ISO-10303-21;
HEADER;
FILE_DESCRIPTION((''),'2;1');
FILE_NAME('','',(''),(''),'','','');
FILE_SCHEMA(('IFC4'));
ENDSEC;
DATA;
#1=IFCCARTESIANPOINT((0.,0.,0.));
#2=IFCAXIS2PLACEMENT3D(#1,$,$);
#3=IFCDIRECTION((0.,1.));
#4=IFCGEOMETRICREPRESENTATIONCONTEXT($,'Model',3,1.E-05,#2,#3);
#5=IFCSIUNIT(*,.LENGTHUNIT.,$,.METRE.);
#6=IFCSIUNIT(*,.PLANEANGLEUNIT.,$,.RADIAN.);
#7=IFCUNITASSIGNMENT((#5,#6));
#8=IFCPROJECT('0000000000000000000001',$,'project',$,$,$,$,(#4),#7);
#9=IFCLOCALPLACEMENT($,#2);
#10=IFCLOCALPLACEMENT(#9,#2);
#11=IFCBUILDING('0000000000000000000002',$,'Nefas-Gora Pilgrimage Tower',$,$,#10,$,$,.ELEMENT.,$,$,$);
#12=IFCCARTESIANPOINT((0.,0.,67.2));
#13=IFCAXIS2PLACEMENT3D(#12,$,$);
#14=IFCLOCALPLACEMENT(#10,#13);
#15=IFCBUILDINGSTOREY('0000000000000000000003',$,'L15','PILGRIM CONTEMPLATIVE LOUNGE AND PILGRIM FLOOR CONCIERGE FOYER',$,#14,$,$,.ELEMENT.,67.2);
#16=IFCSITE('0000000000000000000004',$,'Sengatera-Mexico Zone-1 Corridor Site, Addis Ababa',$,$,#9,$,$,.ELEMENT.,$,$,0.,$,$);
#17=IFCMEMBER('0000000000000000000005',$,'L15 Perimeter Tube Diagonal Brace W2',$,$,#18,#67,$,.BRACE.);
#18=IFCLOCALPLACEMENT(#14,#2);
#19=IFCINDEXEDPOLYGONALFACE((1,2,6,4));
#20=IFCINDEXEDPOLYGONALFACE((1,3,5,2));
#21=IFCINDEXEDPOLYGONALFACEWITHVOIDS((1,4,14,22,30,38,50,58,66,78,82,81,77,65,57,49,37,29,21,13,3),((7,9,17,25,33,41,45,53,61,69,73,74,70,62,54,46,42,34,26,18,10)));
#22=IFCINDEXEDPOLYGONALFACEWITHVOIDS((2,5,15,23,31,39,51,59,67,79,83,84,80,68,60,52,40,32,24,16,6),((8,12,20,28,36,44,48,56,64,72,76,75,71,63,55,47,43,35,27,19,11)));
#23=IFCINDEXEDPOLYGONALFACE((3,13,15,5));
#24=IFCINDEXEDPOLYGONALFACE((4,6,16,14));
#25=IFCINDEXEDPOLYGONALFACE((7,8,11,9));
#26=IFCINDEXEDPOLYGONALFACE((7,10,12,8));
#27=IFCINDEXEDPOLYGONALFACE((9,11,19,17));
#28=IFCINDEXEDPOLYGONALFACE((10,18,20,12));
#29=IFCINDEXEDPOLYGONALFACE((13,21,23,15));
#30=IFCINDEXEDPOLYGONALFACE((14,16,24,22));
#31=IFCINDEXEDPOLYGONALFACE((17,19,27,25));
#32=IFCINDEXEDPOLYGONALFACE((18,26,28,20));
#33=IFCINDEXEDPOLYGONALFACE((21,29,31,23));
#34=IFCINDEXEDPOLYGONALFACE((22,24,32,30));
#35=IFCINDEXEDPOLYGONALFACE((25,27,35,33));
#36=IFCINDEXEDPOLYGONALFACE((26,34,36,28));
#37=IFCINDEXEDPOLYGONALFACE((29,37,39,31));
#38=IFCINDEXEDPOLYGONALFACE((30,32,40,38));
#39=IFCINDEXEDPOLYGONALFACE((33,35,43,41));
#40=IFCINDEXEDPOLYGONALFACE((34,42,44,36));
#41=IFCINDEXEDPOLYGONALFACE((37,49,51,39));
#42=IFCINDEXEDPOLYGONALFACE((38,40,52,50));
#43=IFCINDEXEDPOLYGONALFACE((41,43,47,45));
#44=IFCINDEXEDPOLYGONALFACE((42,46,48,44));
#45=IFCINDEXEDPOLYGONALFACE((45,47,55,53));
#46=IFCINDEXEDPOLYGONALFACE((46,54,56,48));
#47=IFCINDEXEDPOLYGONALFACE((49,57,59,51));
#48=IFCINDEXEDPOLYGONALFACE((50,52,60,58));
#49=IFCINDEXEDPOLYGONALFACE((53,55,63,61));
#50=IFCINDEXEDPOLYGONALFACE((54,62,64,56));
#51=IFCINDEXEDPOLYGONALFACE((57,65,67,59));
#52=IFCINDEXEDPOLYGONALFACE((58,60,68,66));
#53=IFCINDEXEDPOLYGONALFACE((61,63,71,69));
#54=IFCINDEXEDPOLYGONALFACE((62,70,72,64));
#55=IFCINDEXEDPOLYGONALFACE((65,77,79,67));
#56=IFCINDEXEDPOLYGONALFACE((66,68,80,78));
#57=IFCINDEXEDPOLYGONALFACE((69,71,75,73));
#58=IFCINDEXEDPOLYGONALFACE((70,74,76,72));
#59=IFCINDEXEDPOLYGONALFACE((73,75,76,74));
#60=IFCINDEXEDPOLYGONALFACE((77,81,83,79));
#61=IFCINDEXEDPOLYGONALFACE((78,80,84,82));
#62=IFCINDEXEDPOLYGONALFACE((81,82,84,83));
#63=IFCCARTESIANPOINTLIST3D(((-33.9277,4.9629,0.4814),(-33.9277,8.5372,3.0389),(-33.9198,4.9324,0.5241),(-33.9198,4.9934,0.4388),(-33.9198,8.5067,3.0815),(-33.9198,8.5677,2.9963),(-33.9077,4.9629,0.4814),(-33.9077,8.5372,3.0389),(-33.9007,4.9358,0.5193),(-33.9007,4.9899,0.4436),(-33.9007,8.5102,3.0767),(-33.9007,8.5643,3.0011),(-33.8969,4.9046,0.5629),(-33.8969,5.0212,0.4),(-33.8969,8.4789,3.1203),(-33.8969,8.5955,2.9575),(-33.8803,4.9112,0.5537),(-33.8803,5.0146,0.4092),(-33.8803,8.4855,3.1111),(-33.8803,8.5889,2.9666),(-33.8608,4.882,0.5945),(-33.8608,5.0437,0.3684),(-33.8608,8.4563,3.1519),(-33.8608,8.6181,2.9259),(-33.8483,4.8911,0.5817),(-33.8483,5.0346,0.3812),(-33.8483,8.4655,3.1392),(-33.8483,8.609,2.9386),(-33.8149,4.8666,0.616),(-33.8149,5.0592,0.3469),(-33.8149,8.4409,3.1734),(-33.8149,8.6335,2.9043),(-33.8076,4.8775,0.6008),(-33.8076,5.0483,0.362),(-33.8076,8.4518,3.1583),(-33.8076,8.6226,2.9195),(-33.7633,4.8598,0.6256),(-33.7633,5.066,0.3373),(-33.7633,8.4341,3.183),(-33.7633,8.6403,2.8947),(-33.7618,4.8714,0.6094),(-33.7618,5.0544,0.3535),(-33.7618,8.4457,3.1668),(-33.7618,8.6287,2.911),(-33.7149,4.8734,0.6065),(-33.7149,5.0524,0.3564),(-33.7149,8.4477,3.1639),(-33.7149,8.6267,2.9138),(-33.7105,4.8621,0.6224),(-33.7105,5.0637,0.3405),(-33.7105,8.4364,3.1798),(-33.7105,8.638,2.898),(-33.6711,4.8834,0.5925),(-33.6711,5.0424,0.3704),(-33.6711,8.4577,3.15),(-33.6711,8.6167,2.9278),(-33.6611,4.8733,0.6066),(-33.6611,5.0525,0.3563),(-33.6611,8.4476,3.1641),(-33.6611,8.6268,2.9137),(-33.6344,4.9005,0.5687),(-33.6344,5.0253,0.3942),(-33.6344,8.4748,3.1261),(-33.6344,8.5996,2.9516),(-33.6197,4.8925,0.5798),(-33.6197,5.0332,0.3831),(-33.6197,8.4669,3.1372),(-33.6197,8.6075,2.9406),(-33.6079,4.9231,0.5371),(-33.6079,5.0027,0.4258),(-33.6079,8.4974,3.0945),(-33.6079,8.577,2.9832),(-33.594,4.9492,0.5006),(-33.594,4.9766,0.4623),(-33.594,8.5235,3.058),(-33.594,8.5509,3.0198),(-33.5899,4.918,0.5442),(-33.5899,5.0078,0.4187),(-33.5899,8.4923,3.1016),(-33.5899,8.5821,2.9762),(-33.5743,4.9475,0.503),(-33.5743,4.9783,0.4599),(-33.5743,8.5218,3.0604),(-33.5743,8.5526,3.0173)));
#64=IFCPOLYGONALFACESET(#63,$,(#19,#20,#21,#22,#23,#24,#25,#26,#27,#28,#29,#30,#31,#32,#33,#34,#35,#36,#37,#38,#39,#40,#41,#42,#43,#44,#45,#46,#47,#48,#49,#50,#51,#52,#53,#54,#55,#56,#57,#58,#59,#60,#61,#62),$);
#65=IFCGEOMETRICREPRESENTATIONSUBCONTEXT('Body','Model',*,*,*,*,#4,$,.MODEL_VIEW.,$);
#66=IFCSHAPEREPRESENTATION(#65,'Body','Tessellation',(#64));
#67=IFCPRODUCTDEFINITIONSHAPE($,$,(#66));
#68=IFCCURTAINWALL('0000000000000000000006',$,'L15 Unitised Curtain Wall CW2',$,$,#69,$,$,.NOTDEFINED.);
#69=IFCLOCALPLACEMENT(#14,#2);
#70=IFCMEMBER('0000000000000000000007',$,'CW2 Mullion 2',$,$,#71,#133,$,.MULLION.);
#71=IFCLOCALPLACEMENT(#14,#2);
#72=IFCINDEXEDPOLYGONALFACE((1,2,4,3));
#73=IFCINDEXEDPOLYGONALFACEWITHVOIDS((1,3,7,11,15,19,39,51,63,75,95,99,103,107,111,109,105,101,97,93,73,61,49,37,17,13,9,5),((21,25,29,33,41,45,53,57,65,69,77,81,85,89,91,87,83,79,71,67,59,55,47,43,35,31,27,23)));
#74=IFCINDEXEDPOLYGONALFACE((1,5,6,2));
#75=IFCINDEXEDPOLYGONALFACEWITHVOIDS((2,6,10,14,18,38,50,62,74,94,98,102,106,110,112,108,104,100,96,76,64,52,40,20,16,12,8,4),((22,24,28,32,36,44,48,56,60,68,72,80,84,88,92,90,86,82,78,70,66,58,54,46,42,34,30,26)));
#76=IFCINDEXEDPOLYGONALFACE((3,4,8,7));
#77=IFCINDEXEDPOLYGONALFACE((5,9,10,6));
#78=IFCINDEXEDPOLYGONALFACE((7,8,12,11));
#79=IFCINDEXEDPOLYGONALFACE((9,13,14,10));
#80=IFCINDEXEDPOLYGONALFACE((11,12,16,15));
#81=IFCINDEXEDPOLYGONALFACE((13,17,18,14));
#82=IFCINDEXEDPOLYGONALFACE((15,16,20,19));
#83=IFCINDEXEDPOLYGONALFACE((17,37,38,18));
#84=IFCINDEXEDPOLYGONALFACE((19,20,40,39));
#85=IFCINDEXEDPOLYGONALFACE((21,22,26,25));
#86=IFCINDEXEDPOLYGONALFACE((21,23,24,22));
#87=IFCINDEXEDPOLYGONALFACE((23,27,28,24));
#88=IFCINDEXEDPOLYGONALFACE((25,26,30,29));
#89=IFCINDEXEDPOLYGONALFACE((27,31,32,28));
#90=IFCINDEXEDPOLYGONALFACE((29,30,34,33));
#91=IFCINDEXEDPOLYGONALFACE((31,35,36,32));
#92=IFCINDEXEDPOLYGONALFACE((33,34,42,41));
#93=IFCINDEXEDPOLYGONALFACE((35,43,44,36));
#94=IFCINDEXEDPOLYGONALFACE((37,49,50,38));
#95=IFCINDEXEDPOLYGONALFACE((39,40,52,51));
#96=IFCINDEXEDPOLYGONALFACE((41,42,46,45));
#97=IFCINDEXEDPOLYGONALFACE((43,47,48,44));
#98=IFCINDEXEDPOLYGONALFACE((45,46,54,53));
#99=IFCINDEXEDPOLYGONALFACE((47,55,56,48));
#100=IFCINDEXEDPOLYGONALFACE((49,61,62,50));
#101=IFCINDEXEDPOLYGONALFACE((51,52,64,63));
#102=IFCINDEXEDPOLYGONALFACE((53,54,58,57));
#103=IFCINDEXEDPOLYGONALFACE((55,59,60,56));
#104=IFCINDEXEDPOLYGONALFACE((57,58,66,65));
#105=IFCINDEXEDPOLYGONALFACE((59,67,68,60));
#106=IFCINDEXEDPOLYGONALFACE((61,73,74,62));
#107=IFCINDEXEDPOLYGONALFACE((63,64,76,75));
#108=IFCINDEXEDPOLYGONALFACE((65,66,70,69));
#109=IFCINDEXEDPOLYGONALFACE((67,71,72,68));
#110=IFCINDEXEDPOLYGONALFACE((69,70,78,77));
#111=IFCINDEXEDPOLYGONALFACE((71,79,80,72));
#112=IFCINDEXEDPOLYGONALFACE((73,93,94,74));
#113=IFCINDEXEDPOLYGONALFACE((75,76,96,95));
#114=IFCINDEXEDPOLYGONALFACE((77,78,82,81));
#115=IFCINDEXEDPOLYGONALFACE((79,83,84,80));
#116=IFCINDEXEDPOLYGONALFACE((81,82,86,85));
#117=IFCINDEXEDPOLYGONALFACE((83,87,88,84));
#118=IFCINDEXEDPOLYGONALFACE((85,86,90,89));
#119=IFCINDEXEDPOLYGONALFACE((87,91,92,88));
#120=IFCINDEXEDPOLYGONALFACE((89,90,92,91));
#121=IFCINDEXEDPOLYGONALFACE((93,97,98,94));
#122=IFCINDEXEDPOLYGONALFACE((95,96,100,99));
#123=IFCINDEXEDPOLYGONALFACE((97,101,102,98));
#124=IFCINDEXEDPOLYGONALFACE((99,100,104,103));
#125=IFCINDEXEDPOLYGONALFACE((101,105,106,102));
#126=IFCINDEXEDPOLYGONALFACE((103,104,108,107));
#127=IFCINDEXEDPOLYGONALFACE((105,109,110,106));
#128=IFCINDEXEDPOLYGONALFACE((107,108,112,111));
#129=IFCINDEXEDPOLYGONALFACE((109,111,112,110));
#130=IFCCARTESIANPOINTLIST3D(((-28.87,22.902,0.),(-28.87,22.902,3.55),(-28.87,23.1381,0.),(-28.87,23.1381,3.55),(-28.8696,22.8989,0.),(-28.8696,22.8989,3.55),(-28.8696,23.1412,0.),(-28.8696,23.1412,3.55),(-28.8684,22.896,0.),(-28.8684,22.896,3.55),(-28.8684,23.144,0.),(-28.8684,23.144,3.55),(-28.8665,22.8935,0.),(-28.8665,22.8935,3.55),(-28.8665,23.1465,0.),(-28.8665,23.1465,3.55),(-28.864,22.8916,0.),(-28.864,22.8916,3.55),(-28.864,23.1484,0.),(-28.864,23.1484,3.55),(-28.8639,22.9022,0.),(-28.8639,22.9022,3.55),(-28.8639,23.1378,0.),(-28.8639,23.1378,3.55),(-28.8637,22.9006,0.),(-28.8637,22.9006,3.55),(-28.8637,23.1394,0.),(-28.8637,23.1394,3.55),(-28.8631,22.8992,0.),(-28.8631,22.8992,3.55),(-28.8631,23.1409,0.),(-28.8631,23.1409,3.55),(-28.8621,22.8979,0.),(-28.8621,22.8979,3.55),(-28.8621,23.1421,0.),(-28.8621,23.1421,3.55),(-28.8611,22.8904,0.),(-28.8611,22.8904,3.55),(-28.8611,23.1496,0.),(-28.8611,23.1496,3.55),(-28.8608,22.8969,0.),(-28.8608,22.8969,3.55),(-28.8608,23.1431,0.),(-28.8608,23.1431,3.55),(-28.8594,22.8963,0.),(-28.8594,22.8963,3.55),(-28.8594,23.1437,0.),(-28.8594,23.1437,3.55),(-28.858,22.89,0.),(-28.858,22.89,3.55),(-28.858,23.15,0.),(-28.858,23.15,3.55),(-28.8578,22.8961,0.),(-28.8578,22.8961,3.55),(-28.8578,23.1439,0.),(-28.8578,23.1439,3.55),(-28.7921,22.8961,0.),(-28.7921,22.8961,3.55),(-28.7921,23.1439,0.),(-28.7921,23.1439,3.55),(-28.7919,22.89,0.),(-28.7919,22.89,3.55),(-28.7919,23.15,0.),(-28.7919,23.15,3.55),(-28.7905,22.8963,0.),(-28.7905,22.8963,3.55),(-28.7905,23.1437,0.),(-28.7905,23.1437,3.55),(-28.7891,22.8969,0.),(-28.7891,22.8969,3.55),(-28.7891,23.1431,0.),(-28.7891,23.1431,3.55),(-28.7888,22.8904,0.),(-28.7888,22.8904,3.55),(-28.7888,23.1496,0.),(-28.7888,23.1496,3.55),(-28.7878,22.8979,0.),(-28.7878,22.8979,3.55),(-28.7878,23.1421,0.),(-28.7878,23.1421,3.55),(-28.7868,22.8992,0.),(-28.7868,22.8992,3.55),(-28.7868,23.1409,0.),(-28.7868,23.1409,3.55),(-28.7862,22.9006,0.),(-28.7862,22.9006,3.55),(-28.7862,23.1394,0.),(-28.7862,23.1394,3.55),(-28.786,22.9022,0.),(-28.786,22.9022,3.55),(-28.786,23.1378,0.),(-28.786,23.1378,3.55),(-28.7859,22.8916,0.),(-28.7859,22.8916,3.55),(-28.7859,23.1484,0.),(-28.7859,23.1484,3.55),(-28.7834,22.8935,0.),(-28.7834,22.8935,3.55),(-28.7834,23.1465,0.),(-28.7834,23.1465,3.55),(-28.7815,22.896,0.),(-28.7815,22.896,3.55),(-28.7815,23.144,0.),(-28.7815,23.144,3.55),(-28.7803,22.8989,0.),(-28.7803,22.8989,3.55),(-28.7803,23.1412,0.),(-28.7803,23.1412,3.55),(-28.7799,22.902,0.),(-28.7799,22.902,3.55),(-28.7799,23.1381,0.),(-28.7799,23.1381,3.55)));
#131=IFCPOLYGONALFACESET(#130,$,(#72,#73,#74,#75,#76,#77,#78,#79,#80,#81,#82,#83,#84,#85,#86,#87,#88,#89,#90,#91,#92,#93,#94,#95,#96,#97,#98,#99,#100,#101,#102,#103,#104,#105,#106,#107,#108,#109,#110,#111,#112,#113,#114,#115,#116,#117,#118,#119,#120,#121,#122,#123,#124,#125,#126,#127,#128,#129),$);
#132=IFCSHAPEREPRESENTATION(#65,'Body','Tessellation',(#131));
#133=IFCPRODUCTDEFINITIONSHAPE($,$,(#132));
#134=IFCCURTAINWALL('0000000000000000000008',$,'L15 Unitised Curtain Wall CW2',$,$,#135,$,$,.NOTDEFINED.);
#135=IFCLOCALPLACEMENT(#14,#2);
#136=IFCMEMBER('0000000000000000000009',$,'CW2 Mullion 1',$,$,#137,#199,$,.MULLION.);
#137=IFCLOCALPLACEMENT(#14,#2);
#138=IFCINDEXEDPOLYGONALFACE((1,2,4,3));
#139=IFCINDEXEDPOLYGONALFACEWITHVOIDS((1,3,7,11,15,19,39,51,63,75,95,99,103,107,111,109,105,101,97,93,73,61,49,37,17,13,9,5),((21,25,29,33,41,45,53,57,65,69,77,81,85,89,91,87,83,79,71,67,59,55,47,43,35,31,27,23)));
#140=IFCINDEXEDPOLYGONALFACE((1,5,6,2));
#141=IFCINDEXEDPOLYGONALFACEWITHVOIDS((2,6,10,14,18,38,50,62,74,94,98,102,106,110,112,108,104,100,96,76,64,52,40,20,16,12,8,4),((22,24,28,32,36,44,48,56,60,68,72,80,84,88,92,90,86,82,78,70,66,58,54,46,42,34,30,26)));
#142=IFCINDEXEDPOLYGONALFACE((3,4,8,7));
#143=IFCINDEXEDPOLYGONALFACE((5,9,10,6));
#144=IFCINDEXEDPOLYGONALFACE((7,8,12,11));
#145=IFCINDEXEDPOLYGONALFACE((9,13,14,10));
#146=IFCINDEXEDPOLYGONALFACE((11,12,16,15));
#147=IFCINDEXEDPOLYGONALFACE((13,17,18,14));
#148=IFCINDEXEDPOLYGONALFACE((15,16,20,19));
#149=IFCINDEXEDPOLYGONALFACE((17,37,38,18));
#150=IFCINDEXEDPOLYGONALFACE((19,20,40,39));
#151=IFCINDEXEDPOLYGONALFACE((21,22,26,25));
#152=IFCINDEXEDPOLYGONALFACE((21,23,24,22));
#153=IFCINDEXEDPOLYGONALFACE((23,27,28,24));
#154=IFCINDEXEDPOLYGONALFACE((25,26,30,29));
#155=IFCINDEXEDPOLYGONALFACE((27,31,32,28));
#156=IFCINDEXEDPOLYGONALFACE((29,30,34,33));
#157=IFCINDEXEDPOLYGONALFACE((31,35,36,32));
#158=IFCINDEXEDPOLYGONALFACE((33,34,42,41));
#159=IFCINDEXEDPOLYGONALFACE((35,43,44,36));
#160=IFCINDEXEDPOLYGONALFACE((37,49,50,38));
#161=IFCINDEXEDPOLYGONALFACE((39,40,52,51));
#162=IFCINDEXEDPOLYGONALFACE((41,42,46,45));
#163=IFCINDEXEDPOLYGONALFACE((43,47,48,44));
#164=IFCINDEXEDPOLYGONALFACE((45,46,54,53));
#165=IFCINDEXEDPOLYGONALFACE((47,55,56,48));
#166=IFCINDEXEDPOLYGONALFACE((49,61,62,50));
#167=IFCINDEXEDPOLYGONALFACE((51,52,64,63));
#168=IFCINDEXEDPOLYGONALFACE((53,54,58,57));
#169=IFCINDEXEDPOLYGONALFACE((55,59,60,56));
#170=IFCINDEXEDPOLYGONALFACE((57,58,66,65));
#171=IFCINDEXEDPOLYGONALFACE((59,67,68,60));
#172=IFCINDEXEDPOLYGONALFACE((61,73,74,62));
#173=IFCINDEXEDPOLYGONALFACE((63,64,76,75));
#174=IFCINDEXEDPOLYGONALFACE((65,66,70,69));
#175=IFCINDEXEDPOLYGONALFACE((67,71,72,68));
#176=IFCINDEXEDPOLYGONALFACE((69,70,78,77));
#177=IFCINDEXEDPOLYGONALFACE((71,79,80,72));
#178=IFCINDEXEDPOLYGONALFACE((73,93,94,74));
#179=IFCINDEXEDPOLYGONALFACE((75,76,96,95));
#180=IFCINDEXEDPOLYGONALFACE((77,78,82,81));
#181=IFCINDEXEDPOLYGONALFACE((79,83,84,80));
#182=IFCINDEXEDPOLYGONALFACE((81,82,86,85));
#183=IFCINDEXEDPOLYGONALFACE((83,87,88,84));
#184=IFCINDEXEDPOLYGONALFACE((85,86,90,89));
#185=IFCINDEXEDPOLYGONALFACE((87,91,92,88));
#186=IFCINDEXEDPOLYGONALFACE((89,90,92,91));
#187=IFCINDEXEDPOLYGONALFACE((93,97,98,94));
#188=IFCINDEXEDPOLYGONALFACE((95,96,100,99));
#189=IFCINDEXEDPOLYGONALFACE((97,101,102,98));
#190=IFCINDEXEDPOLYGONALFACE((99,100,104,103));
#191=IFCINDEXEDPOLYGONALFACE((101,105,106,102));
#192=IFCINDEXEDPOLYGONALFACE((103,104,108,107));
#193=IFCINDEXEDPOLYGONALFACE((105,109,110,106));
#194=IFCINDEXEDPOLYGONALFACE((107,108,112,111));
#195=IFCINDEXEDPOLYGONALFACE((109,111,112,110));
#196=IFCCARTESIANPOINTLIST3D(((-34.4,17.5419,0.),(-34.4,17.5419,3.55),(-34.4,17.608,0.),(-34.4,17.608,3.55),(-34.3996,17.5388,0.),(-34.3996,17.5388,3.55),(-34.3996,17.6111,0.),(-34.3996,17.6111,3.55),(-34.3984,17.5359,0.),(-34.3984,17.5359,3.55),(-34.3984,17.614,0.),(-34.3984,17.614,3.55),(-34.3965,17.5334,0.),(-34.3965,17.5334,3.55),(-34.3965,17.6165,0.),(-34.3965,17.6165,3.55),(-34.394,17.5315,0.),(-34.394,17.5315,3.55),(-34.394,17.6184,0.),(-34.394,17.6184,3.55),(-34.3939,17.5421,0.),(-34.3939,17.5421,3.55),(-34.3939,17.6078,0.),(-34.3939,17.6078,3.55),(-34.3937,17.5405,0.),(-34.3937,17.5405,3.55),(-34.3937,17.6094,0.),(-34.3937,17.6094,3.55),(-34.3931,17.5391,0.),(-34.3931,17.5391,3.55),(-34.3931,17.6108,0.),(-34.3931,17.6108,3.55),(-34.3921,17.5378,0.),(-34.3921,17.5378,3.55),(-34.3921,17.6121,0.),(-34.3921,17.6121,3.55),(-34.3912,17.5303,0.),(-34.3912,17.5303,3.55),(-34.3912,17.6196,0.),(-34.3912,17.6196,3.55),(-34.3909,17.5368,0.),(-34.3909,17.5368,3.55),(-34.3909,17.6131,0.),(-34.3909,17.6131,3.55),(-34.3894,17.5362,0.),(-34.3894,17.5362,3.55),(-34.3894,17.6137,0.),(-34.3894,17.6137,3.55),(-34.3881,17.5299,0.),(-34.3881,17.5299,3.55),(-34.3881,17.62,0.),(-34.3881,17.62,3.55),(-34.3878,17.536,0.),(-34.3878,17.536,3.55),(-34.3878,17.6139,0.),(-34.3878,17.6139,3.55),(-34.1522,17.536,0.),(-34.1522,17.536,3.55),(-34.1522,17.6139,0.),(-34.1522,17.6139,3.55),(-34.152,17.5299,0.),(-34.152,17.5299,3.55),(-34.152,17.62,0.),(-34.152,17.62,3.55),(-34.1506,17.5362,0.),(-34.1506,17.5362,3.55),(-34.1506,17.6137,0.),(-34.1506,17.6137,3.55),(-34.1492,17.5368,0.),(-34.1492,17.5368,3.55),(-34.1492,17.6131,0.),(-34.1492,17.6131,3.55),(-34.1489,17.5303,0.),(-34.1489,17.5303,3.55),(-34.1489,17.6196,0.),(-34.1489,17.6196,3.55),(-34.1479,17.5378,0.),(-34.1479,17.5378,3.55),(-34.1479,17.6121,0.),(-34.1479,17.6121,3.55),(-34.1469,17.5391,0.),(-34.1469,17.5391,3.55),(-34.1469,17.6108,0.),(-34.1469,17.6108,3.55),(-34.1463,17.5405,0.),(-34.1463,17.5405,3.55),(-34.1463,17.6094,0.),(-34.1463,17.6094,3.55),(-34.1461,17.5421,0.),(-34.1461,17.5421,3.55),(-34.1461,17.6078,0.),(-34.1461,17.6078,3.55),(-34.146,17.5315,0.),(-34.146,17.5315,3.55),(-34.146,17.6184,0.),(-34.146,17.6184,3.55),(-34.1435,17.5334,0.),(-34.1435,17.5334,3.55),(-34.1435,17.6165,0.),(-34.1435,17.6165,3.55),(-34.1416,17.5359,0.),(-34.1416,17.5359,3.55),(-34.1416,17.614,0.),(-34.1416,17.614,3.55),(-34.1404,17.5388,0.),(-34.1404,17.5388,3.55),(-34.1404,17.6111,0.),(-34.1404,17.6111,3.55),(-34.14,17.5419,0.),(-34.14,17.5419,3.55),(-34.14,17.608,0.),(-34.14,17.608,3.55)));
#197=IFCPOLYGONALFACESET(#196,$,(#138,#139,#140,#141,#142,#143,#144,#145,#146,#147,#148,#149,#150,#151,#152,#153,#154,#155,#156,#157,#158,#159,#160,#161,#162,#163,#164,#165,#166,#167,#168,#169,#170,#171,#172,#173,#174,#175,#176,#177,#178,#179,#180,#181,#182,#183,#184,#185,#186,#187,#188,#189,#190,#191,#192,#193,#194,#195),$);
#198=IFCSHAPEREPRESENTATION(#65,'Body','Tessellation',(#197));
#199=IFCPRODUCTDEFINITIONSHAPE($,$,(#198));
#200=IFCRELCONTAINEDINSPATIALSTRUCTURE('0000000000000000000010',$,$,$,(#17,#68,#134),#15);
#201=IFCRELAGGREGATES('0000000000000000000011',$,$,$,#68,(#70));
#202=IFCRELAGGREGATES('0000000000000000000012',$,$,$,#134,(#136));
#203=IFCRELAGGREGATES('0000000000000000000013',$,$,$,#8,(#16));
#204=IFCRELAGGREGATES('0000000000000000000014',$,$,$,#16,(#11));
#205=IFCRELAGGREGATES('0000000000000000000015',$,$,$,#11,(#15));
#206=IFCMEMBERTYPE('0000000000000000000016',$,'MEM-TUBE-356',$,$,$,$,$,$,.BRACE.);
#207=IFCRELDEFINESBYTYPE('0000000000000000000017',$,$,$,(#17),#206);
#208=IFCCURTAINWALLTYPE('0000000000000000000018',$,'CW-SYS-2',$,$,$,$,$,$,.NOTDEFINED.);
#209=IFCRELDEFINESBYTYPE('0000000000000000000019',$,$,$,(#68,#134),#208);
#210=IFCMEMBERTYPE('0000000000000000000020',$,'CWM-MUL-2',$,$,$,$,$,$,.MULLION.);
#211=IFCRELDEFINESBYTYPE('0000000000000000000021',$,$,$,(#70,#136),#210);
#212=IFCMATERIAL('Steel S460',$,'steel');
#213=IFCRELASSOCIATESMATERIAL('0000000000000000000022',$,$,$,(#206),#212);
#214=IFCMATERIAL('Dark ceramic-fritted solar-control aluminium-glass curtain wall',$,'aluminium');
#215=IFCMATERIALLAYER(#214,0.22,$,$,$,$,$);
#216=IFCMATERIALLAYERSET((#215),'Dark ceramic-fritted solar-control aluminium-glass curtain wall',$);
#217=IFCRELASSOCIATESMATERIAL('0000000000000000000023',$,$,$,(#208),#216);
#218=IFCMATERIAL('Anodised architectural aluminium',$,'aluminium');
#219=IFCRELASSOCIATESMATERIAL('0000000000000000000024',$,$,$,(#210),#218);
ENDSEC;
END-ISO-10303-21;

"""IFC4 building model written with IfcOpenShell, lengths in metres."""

from ifc_helpers import new_model, si_unit, direction, frame, origin, origin_2d, place, context, subcontext, project, spatial, hollow_rectangle, hollow_circle, extrude, source, transform, mapped, material, layer, layer_set, material_profile, profile_set, type_object, element, aggregate, save


model = new_model("IFC4")

# Units and contexts
model_context = context("Model", 3, precision=1e-05, world=origin(), true_north=direction((0.0, 1.0)))
body_context = subcontext(model_context, "Body", "Model", "MODEL_VIEW")
ifc_project = project(units=[si_unit("LENGTHUNIT", "METRE"), si_unit("PLANEANGLEUNIT", "RADIAN")], contexts=[model_context])

# Site, building, storey
site_placement = place(None, origin())
site = spatial("IfcSite", under=ifc_project, at=site_placement, Name="Sengatera-Mexico Zone-1 Corridor Site, Addis Ababa", CompositionType="ELEMENT", RefElevation=0.0)
building_placement = place(site_placement, origin())
building = spatial("IfcBuilding", under=site, at=building_placement, Name="Nefas-Gora Pilgrimage Tower", CompositionType="ELEMENT")
storey_placement = place(building_placement, frame((0.0, 0.0, 67.2)))
storey = spatial("IfcBuildingStorey", under=building, at=storey_placement, Name="L15", Description="PILGRIM CONTEMPLATIVE LOUNGE AND PILGRIM FLOOR CONCIERGE FOYER", CompositionType="ELEMENT", Elevation=67.2)

# Shared definitions
ifc_material_1 = material(Name="Steel S460", Category="steel")

# Member
ifc_material_profile_1 = material_profile(ifc_material_1, hollow_circle(Radius=0.1777, WallThickness=0.02, at=origin_2d()), Name="CHS 355.6x20")
ifc_profile_set_1 = profile_set([ifc_material_profile_1], Name="Steel S460")
member_type_1 = type_object("IfcMemberType", Name="MEM-TUBE-356", PredefinedType="BRACE", material=ifc_profile_set_1)
shared_shape_1 = source(origin(), body_context, "Body", "SweptSolid", [
    extrude(hollow_circle(Radius=0.1777, WallThickness=0.02, at=origin_2d()), origin(), (0.0, 0.0, 1.0), 4.395),
])
member_1_placement = place(storey_placement, frame((-33.75, 4.9629, 0.4814), z_axis=(0.0, 0.813264, 0.581895), x_axis=(-1.0, 0.0, 0.0)))
element("IfcMember", 1, at=member_1_placement, inside=storey, type_object=member_type_1, Name="L15 Perimeter Tube Diagonal Brace W2", PredefinedType="BRACE", context=body_context, shape_type="MappedRepresentation", body=[
    mapped(shared_shape_1, transform((0.0, 0.0, 0.0), x_axis=(1.0, 0.0, 0.0), y_axis=(0.0, 1.0, 0.0), z_axis=(0.0, 0.0, 1.0), scale=1.0)),
])

# Curtain wall, member
ifc_material_2 = material(Name="Dark ceramic-fritted solar-control aluminium-glass curtain wall", Category="aluminium")
ifc_layer_1 = layer(ifc_material_2, 0.22)
ifc_layer_set_1 = layer_set([ifc_layer_1], Name="Dark ceramic-fritted solar-control aluminium-glass curtain wall")
curtain_wall_type = type_object("IfcCurtainWallType", Name="CW-SYS-2", PredefinedType="NOTDEFINED", material=ifc_layer_set_1)
curtain_wall_1_placement = place(storey_placement, origin())
curtain_wall_1 = element("IfcCurtainWall", 2, at=curtain_wall_1_placement, inside=storey, type_object=curtain_wall_type, Name="L15 Unitised Curtain Wall CW2", PredefinedType="NOTDEFINED")
ifc_material_3 = material(Name="Anodised architectural aluminium", Category="aluminium")
ifc_material_profile_2 = material_profile(ifc_material_3, hollow_rectangle(XDim=0.0901, YDim=0.26, WallThickness=0.0061, InnerFilletRadius=0.0061, OuterFilletRadius=0.012, at=origin_2d()), Name="ALU MULLION 90x260")
ifc_profile_set_2 = profile_set([ifc_material_profile_2], Name="Anodised architectural aluminium")
member_type_2 = type_object("IfcMemberType", Name="CWM-MUL-2", PredefinedType="MULLION", material=ifc_profile_set_2)
shared_shape_2 = source(origin(), body_context, "Body", "SweptSolid", [
    extrude(hollow_rectangle(XDim=0.0901, YDim=0.26, WallThickness=0.0061, InnerFilletRadius=0.0061, OuterFilletRadius=0.012, at=origin_2d()), origin(), (0.0, 0.0, 1.0), 3.55),
])
member_2_placement = place(storey_placement, frame((-28.825, 23.02, 0.0), z_axis=(0.0, 0.0, 1.0), x_axis=(-1.0, 0.0, 0.0)))
member_2 = element("IfcMember", 3, at=member_2_placement, type_object=member_type_2, Name="CW2 Mullion 2", PredefinedType="MULLION", context=body_context, shape_type="MappedRepresentation", body=[
    mapped(shared_shape_2, transform((0.0, 0.0, 0.0), x_axis=(1.0, 0.0, 0.0), y_axis=(0.0, 1.0, 0.0), z_axis=(0.0, 0.0, 1.0), scale=1.0)),
])
aggregate(curtain_wall_1, [member_2])

# Curtain wall, member
curtain_wall_2_placement = place(storey_placement, origin())
curtain_wall_2 = element("IfcCurtainWall", 4, at=curtain_wall_2_placement, inside=storey, type_object=curtain_wall_type, Name="L15 Unitised Curtain Wall CW2", PredefinedType="NOTDEFINED")
member_3_placement = place(storey_placement, frame((-34.27, 17.575, 0.0), z_axis=(0.0, 0.0, 1.0), x_axis=(0.0, -1.0, 0.0)))
member_3 = element("IfcMember", 5, at=member_3_placement, type_object=member_type_2, Name="CW2 Mullion 1", PredefinedType="MULLION", context=body_context, shape_type="MappedRepresentation", body=[
    mapped(shared_shape_2, transform((0.0, 0.0, 0.0), x_axis=(1.0, 0.0, 0.0), y_axis=(0.0, 1.0, 0.0), z_axis=(0.0, 0.0, 1.0), scale=1.0)),
])

aggregate(curtain_wall_2, [member_3])

save(model, "model.ifc")
